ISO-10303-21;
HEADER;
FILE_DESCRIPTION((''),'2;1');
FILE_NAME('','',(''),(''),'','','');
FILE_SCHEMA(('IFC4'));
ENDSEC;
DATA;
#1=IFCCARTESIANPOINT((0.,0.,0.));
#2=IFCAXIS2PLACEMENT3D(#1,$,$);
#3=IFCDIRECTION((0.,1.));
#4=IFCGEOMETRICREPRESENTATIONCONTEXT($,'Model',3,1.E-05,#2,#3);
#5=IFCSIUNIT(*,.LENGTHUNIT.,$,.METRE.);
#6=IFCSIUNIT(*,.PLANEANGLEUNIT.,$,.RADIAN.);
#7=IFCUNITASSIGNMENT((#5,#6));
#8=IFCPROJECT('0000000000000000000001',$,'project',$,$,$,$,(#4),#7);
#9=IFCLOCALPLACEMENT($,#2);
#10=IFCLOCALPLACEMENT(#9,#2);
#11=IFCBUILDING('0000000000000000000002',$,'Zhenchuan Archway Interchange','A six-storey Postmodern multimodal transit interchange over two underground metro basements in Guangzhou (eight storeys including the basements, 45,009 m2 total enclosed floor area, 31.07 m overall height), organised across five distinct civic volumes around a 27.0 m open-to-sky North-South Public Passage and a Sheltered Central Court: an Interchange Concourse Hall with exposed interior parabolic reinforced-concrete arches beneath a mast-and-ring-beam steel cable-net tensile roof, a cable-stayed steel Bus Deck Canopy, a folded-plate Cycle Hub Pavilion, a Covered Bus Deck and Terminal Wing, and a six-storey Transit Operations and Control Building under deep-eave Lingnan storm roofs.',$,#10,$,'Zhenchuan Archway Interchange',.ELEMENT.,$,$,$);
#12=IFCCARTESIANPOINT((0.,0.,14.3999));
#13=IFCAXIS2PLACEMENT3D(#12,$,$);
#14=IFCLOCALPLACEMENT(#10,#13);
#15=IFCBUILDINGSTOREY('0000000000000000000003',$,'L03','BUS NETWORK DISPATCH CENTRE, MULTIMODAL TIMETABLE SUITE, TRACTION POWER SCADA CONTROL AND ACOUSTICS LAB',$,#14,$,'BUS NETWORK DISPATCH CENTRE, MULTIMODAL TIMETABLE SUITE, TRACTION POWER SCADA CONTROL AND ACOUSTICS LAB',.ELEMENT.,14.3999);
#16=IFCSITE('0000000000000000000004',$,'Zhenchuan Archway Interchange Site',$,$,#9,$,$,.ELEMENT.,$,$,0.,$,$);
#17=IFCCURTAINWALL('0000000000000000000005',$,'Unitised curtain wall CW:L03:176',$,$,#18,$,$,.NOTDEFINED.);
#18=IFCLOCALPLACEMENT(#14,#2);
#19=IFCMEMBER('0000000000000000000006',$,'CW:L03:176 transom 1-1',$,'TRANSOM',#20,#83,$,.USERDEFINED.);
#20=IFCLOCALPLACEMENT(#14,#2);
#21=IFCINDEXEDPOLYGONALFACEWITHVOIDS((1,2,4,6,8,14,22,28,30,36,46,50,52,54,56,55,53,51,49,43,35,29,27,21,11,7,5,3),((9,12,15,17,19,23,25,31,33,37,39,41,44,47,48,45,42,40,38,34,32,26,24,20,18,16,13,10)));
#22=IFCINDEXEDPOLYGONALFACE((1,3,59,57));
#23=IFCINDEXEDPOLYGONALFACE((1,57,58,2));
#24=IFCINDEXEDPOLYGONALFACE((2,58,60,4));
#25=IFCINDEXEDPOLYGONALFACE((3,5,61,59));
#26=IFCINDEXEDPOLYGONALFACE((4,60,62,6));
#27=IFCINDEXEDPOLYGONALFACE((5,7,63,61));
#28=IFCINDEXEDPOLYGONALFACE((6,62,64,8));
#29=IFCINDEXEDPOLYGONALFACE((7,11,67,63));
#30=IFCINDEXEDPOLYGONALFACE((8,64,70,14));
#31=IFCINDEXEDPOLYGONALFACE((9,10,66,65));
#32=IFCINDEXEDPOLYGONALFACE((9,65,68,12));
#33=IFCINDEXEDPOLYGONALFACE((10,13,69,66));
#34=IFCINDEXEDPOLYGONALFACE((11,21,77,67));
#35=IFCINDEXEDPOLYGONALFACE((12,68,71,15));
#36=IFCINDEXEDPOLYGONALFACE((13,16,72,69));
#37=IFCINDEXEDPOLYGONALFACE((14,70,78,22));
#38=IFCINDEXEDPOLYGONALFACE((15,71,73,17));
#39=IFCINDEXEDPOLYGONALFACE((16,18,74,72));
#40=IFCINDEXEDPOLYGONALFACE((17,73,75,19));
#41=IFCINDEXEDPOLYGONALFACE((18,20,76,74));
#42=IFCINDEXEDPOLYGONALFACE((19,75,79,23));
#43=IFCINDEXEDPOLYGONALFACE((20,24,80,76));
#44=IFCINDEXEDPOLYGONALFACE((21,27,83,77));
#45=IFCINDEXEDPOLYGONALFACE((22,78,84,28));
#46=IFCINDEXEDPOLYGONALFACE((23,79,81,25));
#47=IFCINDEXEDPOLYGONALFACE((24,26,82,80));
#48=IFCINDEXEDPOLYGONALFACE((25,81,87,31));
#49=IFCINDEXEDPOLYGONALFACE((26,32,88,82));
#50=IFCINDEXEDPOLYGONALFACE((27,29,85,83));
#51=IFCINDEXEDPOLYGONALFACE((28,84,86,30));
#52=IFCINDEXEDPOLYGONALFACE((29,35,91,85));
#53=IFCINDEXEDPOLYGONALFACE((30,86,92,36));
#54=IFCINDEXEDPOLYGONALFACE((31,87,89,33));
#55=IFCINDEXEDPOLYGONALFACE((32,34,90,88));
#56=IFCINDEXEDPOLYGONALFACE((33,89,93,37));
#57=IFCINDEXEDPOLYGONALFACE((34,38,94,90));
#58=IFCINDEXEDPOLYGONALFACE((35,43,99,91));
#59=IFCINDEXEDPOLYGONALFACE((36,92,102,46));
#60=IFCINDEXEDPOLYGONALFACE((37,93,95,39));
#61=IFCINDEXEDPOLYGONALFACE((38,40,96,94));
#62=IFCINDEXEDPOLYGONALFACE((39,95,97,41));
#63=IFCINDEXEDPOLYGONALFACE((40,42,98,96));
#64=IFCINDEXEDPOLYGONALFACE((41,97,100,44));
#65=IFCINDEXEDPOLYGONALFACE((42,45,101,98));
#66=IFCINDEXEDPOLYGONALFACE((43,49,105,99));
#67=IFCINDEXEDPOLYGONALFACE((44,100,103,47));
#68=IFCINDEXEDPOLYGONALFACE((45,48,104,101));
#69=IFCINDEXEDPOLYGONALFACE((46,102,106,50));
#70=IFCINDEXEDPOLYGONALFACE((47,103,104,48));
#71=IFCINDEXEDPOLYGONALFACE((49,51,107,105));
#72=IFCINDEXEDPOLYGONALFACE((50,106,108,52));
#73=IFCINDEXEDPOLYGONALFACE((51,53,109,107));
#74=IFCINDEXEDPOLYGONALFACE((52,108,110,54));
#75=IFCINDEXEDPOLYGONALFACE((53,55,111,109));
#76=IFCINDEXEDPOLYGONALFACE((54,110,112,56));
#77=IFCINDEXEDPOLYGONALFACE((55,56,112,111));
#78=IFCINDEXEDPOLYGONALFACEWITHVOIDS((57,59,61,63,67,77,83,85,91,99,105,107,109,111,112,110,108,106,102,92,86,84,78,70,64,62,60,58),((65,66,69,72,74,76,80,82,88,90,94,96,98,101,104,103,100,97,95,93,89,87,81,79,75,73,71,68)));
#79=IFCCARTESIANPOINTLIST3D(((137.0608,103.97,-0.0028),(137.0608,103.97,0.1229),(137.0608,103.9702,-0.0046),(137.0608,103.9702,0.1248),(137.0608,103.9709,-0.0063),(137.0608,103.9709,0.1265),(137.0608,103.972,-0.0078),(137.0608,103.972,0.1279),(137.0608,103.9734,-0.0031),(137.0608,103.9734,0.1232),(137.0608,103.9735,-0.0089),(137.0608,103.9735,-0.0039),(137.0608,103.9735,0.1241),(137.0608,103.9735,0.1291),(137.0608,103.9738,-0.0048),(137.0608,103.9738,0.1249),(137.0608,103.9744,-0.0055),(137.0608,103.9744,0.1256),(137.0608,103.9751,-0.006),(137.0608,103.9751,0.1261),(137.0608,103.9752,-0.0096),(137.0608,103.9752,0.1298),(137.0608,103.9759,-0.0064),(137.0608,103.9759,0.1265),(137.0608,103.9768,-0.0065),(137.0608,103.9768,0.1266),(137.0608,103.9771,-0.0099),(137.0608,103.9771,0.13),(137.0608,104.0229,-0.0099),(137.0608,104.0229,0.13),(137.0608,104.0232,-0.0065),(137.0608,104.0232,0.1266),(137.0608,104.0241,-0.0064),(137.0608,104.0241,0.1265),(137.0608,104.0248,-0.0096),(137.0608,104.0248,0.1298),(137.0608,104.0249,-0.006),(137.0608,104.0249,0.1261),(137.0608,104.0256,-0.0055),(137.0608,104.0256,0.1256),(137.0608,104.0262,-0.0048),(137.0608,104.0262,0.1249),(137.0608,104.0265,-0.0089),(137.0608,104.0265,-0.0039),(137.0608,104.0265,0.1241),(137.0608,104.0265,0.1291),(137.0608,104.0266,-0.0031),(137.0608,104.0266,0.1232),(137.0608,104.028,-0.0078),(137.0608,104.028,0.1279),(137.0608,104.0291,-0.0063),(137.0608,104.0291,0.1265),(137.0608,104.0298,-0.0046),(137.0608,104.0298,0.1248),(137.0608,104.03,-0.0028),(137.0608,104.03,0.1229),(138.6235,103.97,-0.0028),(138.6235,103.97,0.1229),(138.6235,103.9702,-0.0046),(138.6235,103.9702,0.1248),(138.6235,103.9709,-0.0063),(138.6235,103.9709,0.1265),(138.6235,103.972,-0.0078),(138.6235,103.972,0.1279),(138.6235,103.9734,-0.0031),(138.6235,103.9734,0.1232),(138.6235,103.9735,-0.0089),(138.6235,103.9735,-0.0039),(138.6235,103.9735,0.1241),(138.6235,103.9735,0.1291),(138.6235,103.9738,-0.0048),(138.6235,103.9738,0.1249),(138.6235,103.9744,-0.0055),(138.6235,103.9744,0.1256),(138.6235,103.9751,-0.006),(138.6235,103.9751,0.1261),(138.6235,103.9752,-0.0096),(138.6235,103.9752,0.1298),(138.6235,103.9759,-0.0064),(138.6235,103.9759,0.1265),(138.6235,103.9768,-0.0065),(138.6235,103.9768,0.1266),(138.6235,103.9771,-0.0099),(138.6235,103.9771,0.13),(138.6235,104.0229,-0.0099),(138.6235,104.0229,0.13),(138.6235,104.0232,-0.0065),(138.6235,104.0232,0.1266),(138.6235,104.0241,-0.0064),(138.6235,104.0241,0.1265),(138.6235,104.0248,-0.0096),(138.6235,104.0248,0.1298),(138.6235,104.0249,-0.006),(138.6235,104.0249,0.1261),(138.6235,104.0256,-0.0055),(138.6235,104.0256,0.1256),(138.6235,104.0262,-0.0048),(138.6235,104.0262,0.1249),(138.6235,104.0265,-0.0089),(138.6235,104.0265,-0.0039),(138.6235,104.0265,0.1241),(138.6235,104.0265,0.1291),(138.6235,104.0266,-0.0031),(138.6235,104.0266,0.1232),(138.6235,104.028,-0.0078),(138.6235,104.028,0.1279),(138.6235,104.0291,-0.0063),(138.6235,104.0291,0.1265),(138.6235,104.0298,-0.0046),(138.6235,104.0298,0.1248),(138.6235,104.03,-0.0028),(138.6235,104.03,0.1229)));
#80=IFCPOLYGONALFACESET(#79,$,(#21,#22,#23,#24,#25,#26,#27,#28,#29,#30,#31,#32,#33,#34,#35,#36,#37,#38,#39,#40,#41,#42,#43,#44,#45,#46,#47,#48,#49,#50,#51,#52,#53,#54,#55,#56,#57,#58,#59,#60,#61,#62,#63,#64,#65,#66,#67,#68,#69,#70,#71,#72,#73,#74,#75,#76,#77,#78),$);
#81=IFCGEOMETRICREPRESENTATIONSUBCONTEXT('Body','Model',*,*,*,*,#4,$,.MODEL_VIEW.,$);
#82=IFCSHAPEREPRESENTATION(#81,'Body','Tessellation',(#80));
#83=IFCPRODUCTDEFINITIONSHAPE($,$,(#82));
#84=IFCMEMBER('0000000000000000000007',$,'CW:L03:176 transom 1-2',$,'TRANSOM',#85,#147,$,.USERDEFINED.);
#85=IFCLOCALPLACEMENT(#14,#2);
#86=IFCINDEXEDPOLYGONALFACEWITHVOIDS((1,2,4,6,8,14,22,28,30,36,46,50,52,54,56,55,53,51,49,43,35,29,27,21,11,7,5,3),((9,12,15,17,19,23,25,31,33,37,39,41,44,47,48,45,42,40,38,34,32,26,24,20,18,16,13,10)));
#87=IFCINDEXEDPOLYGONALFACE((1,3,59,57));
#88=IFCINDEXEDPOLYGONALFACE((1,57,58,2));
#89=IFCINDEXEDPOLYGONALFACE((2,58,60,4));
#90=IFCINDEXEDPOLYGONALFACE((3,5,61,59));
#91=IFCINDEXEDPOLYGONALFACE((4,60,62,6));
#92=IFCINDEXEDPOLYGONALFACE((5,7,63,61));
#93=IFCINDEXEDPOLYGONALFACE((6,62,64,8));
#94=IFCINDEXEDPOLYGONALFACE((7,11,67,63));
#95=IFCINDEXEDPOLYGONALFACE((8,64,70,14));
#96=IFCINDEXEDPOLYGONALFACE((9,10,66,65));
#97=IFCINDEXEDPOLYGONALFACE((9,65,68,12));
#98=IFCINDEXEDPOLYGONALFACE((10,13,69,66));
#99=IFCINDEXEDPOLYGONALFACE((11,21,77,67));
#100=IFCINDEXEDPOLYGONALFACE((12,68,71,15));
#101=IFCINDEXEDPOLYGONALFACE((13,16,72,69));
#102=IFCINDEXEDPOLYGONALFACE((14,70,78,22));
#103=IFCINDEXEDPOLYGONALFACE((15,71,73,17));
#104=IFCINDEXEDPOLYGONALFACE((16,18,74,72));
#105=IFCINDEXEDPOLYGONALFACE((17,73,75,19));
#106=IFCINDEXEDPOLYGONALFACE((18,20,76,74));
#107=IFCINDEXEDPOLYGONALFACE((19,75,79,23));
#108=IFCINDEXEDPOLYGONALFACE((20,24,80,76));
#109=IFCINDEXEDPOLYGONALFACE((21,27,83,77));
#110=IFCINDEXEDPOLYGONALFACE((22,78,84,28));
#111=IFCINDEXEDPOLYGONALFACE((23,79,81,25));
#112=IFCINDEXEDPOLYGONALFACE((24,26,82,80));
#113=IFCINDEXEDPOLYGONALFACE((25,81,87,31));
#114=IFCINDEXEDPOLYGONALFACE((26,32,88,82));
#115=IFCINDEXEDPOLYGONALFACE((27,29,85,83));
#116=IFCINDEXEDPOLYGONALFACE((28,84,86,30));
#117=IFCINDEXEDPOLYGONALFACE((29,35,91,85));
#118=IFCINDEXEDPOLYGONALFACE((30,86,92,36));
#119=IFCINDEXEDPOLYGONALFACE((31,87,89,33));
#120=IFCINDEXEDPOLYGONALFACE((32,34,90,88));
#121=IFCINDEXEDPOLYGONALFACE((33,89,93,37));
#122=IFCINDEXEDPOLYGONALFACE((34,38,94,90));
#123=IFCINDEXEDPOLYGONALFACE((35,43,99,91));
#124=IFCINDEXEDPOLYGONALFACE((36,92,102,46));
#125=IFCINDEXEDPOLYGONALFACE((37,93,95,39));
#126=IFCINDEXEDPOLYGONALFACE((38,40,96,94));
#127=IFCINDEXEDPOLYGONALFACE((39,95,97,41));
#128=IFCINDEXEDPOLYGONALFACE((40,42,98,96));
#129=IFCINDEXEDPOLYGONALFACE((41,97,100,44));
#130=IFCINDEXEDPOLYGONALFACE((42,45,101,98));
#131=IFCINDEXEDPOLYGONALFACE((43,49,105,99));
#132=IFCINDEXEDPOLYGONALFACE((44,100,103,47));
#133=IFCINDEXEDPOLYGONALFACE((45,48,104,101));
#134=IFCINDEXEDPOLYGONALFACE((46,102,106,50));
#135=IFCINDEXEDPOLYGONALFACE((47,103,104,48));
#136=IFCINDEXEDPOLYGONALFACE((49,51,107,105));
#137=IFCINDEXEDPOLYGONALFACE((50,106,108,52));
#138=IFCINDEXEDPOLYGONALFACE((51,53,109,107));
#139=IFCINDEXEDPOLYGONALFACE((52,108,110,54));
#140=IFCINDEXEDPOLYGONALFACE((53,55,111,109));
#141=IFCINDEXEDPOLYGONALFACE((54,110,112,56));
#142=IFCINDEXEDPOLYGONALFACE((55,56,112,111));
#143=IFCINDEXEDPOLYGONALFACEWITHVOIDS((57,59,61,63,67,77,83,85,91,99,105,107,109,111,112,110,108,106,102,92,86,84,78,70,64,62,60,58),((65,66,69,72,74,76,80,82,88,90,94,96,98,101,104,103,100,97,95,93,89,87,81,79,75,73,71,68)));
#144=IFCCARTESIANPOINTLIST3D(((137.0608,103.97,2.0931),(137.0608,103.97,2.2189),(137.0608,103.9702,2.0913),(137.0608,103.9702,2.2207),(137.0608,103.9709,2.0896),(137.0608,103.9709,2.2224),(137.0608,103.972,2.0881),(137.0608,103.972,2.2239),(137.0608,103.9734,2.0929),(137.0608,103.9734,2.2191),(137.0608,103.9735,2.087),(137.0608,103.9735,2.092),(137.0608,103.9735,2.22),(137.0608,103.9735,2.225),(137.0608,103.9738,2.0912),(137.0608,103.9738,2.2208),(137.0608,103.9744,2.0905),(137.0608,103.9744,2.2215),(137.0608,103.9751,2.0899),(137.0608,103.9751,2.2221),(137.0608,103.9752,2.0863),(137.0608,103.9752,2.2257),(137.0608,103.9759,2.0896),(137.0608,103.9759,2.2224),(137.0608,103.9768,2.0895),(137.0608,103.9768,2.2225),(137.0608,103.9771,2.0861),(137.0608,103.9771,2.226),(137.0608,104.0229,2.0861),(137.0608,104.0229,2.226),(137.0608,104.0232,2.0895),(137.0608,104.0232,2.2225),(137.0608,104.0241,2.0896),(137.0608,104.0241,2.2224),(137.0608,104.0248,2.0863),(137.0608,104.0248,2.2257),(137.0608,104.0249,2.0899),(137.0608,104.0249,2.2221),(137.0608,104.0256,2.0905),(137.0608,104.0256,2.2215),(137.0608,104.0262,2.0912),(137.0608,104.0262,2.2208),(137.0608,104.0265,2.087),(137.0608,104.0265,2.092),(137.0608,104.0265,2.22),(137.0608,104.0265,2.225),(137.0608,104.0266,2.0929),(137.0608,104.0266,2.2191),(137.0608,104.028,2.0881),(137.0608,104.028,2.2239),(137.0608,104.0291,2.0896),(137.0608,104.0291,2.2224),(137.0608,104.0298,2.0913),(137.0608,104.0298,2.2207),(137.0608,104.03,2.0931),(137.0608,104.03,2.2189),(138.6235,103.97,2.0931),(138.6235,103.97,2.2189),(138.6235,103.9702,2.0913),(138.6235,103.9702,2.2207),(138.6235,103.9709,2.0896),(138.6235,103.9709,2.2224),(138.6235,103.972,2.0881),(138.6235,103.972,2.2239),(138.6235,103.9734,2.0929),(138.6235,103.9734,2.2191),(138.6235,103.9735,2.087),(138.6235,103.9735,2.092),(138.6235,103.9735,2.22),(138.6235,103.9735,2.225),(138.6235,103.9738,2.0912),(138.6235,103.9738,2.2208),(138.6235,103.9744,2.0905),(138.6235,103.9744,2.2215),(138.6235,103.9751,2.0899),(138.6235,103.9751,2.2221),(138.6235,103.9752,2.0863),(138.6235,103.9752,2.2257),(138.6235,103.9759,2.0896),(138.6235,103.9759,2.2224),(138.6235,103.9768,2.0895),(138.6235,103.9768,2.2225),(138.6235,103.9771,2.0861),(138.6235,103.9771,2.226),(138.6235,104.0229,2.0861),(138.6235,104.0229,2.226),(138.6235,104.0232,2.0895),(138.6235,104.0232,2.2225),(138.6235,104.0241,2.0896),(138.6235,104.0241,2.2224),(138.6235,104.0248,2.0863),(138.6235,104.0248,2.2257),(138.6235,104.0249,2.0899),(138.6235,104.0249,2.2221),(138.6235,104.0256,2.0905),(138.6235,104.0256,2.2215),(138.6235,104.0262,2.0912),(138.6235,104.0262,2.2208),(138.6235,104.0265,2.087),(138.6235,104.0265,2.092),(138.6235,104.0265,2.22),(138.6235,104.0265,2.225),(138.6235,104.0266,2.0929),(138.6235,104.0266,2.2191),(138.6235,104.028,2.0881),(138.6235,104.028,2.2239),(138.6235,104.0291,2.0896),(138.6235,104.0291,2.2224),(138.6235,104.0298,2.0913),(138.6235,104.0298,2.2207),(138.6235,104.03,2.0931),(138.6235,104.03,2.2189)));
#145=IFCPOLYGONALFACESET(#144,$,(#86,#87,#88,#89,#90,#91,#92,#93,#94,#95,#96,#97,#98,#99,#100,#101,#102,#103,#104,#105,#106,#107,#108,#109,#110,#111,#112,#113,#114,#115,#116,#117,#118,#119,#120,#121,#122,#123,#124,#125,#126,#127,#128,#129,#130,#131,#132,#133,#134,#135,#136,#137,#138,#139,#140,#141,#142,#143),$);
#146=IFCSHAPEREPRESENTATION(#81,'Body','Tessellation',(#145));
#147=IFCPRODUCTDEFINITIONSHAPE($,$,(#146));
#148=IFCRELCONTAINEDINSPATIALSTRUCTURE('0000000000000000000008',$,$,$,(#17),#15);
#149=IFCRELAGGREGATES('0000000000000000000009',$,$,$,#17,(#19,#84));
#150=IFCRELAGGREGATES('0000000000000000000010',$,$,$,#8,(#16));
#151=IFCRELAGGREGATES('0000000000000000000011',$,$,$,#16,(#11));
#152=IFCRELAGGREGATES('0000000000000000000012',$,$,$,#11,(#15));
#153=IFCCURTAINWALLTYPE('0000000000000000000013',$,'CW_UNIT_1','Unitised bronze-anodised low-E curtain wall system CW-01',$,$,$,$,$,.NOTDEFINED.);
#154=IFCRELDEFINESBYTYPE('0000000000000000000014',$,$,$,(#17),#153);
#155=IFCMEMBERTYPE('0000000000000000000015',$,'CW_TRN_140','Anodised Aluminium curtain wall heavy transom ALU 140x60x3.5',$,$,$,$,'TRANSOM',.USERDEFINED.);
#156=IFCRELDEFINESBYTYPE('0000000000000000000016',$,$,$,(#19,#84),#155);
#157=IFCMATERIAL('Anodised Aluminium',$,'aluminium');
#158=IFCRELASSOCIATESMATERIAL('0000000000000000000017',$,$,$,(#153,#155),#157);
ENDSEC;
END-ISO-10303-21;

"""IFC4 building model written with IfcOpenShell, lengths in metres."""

from ifc_helpers import new_model, si_unit, direction, frame, origin, origin_2d, place, context, subcontext, project, spatial, hollow_rectangle, extrude, material, material_profile, profile_set, type_object, element, aggregate, save


model = new_model("IFC4")

# Units and contexts
model_context = context("Model", 3, precision=1e-05, world=origin(), true_north=direction((0.0, 1.0)))
body_context = subcontext(model_context, "Body", "Model", "MODEL_VIEW")
ifc_project = project(units=[si_unit("LENGTHUNIT", "METRE"), si_unit("PLANEANGLEUNIT", "RADIAN")], contexts=[model_context])

# Site, building, storey
site_placement = place(None, origin())
site = spatial("IfcSite", under=ifc_project, at=site_placement, Name="Zhenchuan Archway Interchange Site", CompositionType="ELEMENT", RefElevation=0.0)
building_placement = place(site_placement, origin())
building = spatial("IfcBuilding", under=site, at=building_placement, Name="Zhenchuan Archway Interchange", Description="A six-storey Postmodern multimodal transit interchange over two underground metro basements in Guangzhou (eight storeys including the basements, 45,009 m2 total enclosed floor area, 31.07 m overall height), organised across five distinct civic volumes around a 27.0 m open-to-sky North-South Public Passage and a Sheltered Central Court: an Interchange Concourse Hall with exposed interior parabolic reinforced-concrete arches beneath a mast-and-ring-beam steel cable-net tensile roof, a cable-stayed steel Bus Deck Canopy, a folded-plate Cycle Hub Pavilion, a Covered Bus Deck and Terminal Wing, and a six-storey Transit Operations and Control Building under deep-eave Lingnan storm roofs.", LongName="Zhenchuan Archway Interchange", CompositionType="ELEMENT")
storey_placement = place(building_placement, frame((0.0, 0.0, 14.3999)))
storey = spatial("IfcBuildingStorey", under=building, at=storey_placement, Name="L03", Description="BUS NETWORK DISPATCH CENTRE, MULTIMODAL TIMETABLE SUITE, TRACTION POWER SCADA CONTROL AND ACOUSTICS LAB", LongName="BUS NETWORK DISPATCH CENTRE, MULTIMODAL TIMETABLE SUITE, TRACTION POWER SCADA CONTROL AND ACOUSTICS LAB", CompositionType="ELEMENT", Elevation=14.3999)

# Curtain wall, members
ifc_material_1 = material(Name="Anodised Aluminium", Category="aluminium")
curtain_wall_type = type_object("IfcCurtainWallType", Name="CW_UNIT_1", Description="Unitised bronze-anodised low-E curtain wall system CW-01", PredefinedType="NOTDEFINED", material=ifc_material_1)
curtain_wall_placement = place(storey_placement, origin())
curtain_wall = element("IfcCurtainWall", 1, at=curtain_wall_placement, inside=storey, type_object=curtain_wall_type, Name="Unitised curtain wall CW:L03:176", PredefinedType="NOTDEFINED")
ifc_material_profile_1 = material_profile(ifc_material_1, hollow_rectangle(XDim=0.0601, YDim=0.1399, WallThickness=0.0034, InnerFilletRadius=0.0034, OuterFilletRadius=0.0071, at=origin_2d()), Name="ALU 140x60x3.5")
ifc_profile_set_1 = profile_set([ifc_material_profile_1], Name="Anodised Aluminium")
member_type_1 = type_object("IfcMemberType", Name="CW_TRN_140", Description="Anodised Aluminium curtain wall heavy transom ALU 140x60x3.5", ElementType="TRANSOM", PredefinedType="USERDEFINED", material=ifc_profile_set_1)
member_1_placement = place(storey_placement, frame((137.0608, 104.0, 0.0601), z_axis=(1.0, 0.0, 0.0), x_axis=(0.0, 1.0, 0.0)))
member_1 = element("IfcMember", 2, at=member_1_placement, type_object=member_type_1, Name="CW:L03:176 transom 1-1", ObjectType="TRANSOM", PredefinedType="USERDEFINED", context=body_context, shape_type="SweptSolid", body=[
    extrude(hollow_rectangle(XDim=0.0601, YDim=0.1399, WallThickness=0.0034, InnerFilletRadius=0.0034, OuterFilletRadius=0.0071, at=origin_2d()), origin(), (0.0, 0.0, 1.0), 1.5627),
])
member_2_placement = place(storey_placement, frame((137.0608, 104.0, 2.156), z_axis=(1.0, 0.0, 0.0), x_axis=(0.0, 1.0, 0.0)))
member_2 = element("IfcMember", 3, at=member_2_placement, type_object=member_type_1, Name="CW:L03:176 transom 1-2", ObjectType="TRANSOM", PredefinedType="USERDEFINED", context=body_context, shape_type="SweptSolid", body=[
    extrude(hollow_rectangle(XDim=0.0601, YDim=0.1399, WallThickness=0.0034, InnerFilletRadius=0.0034, OuterFilletRadius=0.0071, at=origin_2d()), origin(), (0.0, 0.0, 1.0), 1.5627),
])

aggregate(curtain_wall, [member_1, member_2])

save(model, "model.ifc")
